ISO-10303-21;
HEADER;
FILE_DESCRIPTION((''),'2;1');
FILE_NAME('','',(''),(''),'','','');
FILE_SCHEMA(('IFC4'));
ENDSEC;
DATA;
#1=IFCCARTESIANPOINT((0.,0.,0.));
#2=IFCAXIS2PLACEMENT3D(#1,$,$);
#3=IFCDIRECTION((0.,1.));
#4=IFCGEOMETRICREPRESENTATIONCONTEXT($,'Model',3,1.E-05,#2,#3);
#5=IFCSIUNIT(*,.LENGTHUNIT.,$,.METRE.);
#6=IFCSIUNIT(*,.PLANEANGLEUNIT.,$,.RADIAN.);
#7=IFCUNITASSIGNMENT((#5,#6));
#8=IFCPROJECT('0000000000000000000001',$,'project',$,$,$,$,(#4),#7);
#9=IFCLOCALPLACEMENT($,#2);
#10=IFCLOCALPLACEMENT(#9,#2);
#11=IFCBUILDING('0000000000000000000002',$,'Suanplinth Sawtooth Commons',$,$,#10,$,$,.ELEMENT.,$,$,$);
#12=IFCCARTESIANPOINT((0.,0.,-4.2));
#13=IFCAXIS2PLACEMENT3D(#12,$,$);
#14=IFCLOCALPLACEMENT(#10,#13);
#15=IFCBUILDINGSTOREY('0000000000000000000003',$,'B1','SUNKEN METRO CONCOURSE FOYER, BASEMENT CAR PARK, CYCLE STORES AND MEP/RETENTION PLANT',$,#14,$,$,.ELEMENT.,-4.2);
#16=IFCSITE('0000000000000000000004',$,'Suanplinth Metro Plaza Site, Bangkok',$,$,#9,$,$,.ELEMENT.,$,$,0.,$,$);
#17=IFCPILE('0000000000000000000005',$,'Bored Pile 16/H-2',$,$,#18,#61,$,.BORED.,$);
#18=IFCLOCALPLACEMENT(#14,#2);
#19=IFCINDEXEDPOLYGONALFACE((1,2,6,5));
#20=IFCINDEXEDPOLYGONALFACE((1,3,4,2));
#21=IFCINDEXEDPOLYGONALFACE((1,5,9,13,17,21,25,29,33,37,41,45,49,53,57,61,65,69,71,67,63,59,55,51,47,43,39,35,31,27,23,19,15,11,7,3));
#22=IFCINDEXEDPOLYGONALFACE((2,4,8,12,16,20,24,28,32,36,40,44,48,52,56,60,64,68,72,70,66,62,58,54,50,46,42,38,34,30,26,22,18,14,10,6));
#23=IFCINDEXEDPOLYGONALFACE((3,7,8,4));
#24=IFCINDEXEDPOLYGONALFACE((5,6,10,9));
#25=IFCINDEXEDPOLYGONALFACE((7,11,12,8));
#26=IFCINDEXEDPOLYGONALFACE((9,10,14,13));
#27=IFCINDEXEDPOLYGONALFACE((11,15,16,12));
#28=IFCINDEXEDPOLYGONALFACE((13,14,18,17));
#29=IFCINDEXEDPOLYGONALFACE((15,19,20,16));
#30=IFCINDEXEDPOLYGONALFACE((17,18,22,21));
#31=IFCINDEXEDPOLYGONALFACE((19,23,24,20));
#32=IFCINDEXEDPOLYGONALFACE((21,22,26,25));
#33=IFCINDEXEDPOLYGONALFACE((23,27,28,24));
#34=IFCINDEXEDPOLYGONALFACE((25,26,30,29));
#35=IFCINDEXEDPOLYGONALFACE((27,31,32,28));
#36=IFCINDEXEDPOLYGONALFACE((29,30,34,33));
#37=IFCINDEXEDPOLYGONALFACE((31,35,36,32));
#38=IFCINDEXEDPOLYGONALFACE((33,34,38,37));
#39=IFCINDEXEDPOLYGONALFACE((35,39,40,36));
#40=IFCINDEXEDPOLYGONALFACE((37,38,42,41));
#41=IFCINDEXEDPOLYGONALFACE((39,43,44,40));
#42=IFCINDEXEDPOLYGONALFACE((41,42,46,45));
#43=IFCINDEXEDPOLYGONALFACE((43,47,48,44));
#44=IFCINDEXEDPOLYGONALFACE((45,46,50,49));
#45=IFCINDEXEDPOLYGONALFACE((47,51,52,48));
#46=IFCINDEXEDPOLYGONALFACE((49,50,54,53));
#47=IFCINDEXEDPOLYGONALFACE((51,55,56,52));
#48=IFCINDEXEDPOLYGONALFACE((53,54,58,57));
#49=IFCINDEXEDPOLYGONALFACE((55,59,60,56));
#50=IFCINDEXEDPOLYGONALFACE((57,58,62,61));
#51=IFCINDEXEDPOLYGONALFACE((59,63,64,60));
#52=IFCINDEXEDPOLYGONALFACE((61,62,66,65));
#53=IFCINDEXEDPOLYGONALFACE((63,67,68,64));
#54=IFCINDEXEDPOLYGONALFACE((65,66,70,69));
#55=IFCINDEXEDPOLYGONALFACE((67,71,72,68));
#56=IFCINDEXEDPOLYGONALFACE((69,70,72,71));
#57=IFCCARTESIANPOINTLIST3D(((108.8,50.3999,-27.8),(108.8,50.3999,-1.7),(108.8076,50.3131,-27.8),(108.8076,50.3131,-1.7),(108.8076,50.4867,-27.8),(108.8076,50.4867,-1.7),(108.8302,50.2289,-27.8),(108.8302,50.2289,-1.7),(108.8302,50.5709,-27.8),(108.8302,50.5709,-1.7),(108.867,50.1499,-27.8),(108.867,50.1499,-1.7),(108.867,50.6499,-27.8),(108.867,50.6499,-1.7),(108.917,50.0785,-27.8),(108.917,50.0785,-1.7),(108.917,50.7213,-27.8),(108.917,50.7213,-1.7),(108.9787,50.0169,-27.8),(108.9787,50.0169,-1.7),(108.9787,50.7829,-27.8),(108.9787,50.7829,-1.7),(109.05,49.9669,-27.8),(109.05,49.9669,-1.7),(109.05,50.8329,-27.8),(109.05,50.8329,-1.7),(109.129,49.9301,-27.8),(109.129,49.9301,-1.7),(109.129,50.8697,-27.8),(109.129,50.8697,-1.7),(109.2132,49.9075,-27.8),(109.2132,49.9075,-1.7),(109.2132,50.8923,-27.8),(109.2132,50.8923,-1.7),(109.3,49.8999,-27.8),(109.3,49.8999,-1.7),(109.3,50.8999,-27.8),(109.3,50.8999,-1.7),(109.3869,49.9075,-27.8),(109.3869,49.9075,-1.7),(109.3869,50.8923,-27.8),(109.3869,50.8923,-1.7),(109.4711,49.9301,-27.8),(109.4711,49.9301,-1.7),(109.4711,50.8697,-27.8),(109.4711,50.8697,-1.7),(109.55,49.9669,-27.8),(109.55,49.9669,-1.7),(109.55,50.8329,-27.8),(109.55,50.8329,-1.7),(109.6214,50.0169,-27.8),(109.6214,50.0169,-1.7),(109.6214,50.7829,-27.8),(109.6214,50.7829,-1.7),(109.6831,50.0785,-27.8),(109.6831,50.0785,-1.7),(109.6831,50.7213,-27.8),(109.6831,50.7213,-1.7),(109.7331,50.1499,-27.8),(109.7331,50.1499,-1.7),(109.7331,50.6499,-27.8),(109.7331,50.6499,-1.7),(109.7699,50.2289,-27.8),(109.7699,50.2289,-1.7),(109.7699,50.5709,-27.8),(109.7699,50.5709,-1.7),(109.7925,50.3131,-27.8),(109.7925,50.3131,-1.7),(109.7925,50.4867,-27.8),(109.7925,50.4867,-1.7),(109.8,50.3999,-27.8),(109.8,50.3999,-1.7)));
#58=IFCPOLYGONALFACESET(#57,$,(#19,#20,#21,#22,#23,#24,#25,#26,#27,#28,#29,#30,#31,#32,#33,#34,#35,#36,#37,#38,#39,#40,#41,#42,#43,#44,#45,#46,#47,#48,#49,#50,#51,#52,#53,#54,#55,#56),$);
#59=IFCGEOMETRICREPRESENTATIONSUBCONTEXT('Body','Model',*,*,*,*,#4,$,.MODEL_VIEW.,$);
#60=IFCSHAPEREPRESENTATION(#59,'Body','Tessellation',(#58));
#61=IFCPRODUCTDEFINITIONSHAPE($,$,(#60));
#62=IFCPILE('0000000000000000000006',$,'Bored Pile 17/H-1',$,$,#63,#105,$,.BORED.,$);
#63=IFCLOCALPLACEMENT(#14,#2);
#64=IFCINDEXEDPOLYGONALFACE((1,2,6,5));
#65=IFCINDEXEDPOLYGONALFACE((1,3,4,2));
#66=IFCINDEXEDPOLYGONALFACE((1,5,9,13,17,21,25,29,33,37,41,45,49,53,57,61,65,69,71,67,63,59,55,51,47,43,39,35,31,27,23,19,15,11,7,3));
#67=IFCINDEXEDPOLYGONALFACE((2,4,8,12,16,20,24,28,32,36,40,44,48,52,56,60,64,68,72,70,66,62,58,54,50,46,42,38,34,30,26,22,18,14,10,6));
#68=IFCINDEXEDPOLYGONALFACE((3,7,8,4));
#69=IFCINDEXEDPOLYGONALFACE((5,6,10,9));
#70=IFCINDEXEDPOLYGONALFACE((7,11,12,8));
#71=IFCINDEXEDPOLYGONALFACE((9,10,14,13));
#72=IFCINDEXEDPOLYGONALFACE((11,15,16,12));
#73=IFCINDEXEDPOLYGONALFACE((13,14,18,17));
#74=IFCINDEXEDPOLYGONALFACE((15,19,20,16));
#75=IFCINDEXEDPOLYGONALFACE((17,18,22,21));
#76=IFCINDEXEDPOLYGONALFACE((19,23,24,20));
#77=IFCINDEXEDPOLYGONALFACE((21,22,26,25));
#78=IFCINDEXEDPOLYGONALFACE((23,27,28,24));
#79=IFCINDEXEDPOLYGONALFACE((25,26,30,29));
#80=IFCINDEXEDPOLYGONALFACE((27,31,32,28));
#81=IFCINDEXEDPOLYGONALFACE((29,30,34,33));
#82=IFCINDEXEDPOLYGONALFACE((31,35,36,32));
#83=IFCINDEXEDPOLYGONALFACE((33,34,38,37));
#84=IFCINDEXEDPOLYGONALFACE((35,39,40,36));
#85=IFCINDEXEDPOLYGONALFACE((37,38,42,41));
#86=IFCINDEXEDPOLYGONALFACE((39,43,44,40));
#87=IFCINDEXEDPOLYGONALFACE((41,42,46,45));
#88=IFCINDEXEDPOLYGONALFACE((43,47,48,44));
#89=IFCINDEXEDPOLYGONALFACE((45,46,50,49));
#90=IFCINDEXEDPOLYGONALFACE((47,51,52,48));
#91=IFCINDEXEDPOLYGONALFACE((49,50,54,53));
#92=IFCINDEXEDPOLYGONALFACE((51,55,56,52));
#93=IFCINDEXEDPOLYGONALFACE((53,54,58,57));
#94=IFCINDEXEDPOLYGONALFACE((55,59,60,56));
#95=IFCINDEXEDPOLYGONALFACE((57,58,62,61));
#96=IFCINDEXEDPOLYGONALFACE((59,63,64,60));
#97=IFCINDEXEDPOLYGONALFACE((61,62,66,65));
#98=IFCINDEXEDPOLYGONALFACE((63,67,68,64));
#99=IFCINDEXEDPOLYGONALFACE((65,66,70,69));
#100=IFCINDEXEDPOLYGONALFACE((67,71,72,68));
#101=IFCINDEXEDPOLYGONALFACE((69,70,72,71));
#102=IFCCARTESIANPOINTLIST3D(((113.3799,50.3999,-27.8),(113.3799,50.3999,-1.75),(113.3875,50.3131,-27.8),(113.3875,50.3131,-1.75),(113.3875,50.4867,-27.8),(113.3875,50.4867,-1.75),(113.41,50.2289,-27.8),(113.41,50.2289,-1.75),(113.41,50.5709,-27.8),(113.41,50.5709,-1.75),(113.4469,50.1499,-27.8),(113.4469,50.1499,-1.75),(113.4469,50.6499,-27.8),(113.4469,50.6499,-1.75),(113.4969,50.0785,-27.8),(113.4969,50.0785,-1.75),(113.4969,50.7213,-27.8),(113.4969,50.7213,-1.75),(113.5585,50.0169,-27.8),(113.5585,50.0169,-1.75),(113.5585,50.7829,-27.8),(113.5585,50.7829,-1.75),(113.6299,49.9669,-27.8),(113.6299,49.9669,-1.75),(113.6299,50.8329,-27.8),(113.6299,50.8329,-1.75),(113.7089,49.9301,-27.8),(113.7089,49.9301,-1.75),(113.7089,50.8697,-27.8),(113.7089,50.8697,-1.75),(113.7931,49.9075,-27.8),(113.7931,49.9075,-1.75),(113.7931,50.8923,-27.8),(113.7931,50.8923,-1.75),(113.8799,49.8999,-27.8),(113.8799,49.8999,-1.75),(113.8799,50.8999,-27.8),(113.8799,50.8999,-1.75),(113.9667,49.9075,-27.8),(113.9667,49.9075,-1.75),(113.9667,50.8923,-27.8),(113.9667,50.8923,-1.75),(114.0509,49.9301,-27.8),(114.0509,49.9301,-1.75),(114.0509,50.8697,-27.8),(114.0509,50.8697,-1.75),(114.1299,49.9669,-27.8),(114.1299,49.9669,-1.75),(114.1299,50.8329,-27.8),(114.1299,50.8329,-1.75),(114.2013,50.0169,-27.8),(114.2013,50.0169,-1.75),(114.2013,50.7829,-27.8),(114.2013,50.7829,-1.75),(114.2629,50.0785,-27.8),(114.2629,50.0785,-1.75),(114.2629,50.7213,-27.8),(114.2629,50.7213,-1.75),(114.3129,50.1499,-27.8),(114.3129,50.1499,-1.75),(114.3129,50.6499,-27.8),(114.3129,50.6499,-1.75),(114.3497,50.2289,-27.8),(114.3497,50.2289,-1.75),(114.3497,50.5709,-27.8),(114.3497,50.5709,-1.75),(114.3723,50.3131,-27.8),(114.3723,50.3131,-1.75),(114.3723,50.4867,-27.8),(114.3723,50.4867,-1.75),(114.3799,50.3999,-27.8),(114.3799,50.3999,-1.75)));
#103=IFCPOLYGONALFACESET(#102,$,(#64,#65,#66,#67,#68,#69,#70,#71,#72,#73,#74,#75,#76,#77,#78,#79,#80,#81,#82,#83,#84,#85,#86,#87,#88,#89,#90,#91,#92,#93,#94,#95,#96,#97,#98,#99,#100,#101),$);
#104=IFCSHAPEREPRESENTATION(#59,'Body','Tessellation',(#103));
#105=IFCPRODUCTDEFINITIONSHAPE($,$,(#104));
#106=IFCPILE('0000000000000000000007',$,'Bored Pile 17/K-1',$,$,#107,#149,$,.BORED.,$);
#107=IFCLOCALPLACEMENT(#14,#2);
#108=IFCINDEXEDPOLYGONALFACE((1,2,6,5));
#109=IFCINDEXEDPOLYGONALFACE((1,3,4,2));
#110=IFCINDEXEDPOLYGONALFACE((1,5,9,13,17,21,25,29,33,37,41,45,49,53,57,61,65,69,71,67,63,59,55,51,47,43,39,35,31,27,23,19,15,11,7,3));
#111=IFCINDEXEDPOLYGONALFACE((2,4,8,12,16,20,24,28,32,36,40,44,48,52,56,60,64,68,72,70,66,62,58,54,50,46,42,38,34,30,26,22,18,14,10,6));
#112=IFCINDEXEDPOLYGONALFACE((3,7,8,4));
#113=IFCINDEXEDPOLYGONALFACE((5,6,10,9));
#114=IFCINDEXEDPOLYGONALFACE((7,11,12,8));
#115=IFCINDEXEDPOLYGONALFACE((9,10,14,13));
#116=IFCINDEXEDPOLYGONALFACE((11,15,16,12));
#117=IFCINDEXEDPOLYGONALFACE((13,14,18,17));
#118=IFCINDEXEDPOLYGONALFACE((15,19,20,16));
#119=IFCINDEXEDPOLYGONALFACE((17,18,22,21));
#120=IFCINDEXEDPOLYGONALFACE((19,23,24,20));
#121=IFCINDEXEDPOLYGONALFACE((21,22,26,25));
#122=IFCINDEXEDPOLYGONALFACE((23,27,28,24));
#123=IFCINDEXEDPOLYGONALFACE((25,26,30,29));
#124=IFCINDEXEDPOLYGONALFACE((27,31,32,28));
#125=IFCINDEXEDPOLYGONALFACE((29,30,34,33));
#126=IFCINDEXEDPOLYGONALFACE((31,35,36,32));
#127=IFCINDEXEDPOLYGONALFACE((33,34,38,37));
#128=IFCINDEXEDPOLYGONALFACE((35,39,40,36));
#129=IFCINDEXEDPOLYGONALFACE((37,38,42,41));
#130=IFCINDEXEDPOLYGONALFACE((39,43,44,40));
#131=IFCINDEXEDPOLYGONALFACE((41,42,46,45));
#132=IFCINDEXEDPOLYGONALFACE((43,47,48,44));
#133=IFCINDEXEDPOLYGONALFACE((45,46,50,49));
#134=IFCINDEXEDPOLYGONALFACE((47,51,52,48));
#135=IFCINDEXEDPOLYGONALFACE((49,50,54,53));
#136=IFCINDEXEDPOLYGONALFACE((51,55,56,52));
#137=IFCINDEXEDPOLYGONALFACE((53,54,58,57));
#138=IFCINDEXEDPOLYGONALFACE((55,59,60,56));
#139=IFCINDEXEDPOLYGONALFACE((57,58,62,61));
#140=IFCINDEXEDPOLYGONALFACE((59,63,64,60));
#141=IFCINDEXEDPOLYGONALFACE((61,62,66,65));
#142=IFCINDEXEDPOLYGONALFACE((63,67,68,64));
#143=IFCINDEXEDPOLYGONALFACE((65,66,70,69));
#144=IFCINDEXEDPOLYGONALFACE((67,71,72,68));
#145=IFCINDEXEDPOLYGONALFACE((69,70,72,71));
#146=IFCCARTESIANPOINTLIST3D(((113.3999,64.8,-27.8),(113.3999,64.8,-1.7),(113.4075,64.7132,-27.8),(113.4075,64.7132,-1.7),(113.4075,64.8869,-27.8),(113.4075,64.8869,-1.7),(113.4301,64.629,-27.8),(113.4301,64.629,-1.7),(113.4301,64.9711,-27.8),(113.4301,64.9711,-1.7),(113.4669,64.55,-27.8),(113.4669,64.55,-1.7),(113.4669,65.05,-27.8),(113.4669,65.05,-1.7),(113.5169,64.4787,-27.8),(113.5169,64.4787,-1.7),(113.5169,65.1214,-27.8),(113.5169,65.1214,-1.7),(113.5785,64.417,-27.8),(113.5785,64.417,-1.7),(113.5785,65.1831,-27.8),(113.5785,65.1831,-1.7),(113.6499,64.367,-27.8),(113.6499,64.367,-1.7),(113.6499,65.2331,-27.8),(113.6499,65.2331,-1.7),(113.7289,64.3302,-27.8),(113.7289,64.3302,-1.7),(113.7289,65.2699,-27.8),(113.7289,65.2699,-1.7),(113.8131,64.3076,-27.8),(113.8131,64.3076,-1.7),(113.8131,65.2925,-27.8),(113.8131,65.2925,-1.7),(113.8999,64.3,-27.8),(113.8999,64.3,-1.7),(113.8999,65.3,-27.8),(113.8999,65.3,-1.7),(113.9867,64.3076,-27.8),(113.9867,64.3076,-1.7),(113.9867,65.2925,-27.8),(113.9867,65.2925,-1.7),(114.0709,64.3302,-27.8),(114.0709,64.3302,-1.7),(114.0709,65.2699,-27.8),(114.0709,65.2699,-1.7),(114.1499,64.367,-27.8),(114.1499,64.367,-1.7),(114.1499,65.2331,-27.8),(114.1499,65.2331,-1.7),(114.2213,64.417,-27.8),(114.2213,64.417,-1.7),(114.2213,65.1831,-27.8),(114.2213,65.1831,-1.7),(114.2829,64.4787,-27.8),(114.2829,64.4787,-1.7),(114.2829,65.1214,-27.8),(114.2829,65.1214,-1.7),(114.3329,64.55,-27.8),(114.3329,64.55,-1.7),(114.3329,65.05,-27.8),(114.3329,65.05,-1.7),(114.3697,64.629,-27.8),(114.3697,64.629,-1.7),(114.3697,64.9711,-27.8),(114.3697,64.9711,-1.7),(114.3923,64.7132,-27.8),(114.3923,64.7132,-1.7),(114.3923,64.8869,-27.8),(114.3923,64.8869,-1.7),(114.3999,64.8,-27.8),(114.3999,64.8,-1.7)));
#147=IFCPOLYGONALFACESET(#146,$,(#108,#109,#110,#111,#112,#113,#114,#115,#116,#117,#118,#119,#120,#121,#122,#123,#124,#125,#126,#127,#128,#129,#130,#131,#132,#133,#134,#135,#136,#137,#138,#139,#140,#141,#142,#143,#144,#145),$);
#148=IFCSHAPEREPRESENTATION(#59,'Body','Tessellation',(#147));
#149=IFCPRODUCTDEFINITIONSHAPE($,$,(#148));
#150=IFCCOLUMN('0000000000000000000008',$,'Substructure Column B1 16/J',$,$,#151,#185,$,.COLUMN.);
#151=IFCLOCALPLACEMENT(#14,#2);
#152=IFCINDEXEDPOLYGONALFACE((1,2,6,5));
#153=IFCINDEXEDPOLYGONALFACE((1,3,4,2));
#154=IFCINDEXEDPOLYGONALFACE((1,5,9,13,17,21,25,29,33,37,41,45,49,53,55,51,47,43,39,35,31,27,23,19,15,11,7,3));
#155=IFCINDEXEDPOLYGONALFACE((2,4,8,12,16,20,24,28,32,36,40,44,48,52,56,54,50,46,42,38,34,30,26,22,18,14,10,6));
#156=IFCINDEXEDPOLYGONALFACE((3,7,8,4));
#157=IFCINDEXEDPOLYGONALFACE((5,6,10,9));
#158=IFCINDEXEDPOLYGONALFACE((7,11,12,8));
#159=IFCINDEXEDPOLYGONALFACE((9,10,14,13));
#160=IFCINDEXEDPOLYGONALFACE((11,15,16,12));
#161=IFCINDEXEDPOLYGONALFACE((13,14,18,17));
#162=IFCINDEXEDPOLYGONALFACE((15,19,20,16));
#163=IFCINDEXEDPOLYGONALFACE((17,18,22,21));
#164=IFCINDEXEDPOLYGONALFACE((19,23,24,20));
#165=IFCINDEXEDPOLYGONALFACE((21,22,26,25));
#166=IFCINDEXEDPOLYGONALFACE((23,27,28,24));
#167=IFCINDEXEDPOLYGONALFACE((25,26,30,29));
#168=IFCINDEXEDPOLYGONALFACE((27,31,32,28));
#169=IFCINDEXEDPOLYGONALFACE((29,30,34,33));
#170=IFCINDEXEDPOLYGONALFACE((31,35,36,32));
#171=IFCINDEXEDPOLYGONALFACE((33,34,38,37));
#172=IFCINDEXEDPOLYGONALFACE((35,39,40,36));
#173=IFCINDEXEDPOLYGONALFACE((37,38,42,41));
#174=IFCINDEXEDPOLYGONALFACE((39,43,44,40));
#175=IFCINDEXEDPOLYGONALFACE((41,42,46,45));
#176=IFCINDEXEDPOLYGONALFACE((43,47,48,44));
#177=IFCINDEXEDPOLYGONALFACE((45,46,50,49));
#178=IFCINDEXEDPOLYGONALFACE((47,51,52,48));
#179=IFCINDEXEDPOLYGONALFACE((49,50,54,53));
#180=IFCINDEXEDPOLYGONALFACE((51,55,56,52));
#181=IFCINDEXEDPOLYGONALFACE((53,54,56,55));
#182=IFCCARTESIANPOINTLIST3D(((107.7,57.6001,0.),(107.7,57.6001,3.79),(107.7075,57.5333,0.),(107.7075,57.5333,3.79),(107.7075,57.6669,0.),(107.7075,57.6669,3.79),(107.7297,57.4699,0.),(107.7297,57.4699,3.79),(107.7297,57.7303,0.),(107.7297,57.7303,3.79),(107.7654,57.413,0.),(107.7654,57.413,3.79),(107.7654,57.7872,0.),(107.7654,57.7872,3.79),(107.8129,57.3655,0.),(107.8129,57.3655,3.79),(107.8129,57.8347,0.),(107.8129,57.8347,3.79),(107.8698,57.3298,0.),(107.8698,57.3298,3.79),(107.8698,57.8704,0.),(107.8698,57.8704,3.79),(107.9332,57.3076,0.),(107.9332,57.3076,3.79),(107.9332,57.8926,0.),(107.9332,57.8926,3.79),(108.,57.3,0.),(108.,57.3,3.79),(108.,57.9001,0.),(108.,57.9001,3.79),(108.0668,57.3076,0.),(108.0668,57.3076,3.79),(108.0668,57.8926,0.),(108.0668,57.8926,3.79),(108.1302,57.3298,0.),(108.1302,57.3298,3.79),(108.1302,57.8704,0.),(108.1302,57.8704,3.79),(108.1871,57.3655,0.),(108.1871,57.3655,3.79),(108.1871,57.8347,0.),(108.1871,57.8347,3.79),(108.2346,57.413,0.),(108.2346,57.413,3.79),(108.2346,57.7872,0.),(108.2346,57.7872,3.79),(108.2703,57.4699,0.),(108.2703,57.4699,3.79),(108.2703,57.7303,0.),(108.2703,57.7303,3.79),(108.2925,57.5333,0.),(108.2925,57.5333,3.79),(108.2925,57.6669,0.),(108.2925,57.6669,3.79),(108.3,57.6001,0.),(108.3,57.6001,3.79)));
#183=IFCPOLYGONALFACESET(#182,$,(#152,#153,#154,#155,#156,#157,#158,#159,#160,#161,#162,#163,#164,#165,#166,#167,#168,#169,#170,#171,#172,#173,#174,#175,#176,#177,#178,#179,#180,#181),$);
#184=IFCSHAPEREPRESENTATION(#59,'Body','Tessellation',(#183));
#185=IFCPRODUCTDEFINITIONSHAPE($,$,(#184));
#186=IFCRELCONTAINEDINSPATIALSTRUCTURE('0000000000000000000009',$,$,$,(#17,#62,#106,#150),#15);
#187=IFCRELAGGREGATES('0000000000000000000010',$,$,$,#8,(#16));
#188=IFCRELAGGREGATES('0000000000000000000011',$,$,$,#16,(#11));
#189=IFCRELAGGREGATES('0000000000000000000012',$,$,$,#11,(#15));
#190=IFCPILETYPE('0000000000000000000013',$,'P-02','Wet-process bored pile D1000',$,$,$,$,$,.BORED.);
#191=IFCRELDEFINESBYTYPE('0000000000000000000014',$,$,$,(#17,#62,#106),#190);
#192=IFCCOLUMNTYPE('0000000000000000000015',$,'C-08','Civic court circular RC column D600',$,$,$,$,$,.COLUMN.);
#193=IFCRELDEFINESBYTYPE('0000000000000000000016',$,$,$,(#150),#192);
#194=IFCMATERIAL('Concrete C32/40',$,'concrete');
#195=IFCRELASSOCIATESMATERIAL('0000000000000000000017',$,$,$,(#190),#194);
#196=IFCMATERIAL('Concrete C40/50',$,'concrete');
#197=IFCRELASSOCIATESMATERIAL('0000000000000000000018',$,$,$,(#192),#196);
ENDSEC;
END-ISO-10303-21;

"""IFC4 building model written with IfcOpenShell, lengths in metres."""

from ifc_helpers import new_model, si_unit, direction, frame, origin, origin_2d, place, context, subcontext, project, spatial, circle, extrude, material, material_profile, profile_set, type_object, element, save


model = new_model("IFC4")

# Units and contexts
model_context = context("Model", 3, precision=1e-05, world=origin(), true_north=direction((0.0, 1.0)))
body_context = subcontext(model_context, "Body", "Model", "MODEL_VIEW")
ifc_project = project(units=[si_unit("LENGTHUNIT", "METRE"), si_unit("PLANEANGLEUNIT", "RADIAN")], contexts=[model_context])

# Site, building, storey
site_placement = place(None, origin())
site = spatial("IfcSite", under=ifc_project, at=site_placement, Name="Suanplinth Metro Plaza Site, Bangkok", CompositionType="ELEMENT", RefElevation=0.0)
building_placement = place(site_placement, origin())
building = spatial("IfcBuilding", under=site, at=building_placement, Name="Suanplinth Sawtooth Commons", CompositionType="ELEMENT")
storey_placement = place(building_placement, frame((0.0, 0.0, -4.2)))
storey = spatial("IfcBuildingStorey", under=building, at=storey_placement, Name="B1", Description="SUNKEN METRO CONCOURSE FOYER, BASEMENT CAR PARK, CYCLE STORES AND MEP/RETENTION PLANT", CompositionType="ELEMENT", Elevation=-4.2)

# Piles
ifc_material_1 = material(Name="Concrete C32/40", Category="concrete")
ifc_material_profile_1 = material_profile(ifc_material_1, circle(Radius=0.5, at=origin_2d()), Name="PILE D1000")
ifc_profile_set_1 = profile_set([ifc_material_profile_1], Name="Concrete C32/40")
pile_type_1 = type_object("IfcPileType", Name="P-02", Description="Wet-process bored pile D1000", PredefinedType="BORED", material=ifc_profile_set_1)
pile_1_placement = place(storey_placement, frame((109.3, 50.3999, -1.7), z_axis=(0.0, 0.0, -1.0), x_axis=(1.0, 0.0, 0.0)))
element("IfcPile", 1, at=pile_1_placement, inside=storey, type_object=pile_type_1, Name="Bored Pile 16/H-2", PredefinedType="BORED", context=body_context, shape_type="SweptSolid", body=[
    extrude(circle(Radius=0.5, at=origin_2d()), origin(), (0.0, 0.0, 1.0), 26.1001),
])
pile_2_placement = place(storey_placement, frame((113.8799, 50.3999, -1.75), z_axis=(0.0, 0.0, -1.0), x_axis=(1.0, 0.0, 0.0)))
element("IfcPile", 2, at=pile_2_placement, inside=storey, type_object=pile_type_1, Name="Bored Pile 17/H-1", PredefinedType="BORED", context=body_context, shape_type="SweptSolid", body=[
    extrude(circle(Radius=0.5, at=origin_2d()), origin(), (0.0, 0.0, 1.0), 26.05),
])
pile_3_placement = place(storey_placement, frame((113.8999, 64.8, -1.7), z_axis=(0.0, 0.0, -1.0), x_axis=(1.0, 0.0, 0.0)))
element("IfcPile", 3, at=pile_3_placement, inside=storey, type_object=pile_type_1, Name="Bored Pile 17/K-1", PredefinedType="BORED", context=body_context, shape_type="SweptSolid", body=[
    extrude(circle(Radius=0.5, at=origin_2d()), origin(), (0.0, 0.0, 1.0), 26.1001),
])

# Column
ifc_material_2 = material(Name="Concrete C40/50", Category="concrete")
ifc_material_profile_2 = material_profile(ifc_material_2, circle(Radius=0.3, at=origin_2d()), Name="RC-CIRC D600")
ifc_profile_set_2 = profile_set([ifc_material_profile_2], Name="Concrete C40/50")
column_type_1 = type_object("IfcColumnType", Name="C-08", Description="Civic court circular RC column D600", PredefinedType="COLUMN", material=ifc_profile_set_2)
for number, where, z_axis, x_axis, name in (
    (4, (108.0, 57.6001, 0.0), (0.0, 0.0, 1.0), (1.0, 0.0, 0.0), "Substructure Column B1 16/J"),
):
    element("IfcColumn", number, at=place(storey_placement, frame(where, z_axis=z_axis, x_axis=x_axis)), inside=storey, type_object=column_type_1, Name=name, PredefinedType="COLUMN", context=body_context, shape_type="SweptSolid", body=[
        extrude(circle(Radius=0.3, at=origin_2d()), origin(), (0.0, 0.0, 1.0), 3.79),
    ])

save(model, "model.ifc")
